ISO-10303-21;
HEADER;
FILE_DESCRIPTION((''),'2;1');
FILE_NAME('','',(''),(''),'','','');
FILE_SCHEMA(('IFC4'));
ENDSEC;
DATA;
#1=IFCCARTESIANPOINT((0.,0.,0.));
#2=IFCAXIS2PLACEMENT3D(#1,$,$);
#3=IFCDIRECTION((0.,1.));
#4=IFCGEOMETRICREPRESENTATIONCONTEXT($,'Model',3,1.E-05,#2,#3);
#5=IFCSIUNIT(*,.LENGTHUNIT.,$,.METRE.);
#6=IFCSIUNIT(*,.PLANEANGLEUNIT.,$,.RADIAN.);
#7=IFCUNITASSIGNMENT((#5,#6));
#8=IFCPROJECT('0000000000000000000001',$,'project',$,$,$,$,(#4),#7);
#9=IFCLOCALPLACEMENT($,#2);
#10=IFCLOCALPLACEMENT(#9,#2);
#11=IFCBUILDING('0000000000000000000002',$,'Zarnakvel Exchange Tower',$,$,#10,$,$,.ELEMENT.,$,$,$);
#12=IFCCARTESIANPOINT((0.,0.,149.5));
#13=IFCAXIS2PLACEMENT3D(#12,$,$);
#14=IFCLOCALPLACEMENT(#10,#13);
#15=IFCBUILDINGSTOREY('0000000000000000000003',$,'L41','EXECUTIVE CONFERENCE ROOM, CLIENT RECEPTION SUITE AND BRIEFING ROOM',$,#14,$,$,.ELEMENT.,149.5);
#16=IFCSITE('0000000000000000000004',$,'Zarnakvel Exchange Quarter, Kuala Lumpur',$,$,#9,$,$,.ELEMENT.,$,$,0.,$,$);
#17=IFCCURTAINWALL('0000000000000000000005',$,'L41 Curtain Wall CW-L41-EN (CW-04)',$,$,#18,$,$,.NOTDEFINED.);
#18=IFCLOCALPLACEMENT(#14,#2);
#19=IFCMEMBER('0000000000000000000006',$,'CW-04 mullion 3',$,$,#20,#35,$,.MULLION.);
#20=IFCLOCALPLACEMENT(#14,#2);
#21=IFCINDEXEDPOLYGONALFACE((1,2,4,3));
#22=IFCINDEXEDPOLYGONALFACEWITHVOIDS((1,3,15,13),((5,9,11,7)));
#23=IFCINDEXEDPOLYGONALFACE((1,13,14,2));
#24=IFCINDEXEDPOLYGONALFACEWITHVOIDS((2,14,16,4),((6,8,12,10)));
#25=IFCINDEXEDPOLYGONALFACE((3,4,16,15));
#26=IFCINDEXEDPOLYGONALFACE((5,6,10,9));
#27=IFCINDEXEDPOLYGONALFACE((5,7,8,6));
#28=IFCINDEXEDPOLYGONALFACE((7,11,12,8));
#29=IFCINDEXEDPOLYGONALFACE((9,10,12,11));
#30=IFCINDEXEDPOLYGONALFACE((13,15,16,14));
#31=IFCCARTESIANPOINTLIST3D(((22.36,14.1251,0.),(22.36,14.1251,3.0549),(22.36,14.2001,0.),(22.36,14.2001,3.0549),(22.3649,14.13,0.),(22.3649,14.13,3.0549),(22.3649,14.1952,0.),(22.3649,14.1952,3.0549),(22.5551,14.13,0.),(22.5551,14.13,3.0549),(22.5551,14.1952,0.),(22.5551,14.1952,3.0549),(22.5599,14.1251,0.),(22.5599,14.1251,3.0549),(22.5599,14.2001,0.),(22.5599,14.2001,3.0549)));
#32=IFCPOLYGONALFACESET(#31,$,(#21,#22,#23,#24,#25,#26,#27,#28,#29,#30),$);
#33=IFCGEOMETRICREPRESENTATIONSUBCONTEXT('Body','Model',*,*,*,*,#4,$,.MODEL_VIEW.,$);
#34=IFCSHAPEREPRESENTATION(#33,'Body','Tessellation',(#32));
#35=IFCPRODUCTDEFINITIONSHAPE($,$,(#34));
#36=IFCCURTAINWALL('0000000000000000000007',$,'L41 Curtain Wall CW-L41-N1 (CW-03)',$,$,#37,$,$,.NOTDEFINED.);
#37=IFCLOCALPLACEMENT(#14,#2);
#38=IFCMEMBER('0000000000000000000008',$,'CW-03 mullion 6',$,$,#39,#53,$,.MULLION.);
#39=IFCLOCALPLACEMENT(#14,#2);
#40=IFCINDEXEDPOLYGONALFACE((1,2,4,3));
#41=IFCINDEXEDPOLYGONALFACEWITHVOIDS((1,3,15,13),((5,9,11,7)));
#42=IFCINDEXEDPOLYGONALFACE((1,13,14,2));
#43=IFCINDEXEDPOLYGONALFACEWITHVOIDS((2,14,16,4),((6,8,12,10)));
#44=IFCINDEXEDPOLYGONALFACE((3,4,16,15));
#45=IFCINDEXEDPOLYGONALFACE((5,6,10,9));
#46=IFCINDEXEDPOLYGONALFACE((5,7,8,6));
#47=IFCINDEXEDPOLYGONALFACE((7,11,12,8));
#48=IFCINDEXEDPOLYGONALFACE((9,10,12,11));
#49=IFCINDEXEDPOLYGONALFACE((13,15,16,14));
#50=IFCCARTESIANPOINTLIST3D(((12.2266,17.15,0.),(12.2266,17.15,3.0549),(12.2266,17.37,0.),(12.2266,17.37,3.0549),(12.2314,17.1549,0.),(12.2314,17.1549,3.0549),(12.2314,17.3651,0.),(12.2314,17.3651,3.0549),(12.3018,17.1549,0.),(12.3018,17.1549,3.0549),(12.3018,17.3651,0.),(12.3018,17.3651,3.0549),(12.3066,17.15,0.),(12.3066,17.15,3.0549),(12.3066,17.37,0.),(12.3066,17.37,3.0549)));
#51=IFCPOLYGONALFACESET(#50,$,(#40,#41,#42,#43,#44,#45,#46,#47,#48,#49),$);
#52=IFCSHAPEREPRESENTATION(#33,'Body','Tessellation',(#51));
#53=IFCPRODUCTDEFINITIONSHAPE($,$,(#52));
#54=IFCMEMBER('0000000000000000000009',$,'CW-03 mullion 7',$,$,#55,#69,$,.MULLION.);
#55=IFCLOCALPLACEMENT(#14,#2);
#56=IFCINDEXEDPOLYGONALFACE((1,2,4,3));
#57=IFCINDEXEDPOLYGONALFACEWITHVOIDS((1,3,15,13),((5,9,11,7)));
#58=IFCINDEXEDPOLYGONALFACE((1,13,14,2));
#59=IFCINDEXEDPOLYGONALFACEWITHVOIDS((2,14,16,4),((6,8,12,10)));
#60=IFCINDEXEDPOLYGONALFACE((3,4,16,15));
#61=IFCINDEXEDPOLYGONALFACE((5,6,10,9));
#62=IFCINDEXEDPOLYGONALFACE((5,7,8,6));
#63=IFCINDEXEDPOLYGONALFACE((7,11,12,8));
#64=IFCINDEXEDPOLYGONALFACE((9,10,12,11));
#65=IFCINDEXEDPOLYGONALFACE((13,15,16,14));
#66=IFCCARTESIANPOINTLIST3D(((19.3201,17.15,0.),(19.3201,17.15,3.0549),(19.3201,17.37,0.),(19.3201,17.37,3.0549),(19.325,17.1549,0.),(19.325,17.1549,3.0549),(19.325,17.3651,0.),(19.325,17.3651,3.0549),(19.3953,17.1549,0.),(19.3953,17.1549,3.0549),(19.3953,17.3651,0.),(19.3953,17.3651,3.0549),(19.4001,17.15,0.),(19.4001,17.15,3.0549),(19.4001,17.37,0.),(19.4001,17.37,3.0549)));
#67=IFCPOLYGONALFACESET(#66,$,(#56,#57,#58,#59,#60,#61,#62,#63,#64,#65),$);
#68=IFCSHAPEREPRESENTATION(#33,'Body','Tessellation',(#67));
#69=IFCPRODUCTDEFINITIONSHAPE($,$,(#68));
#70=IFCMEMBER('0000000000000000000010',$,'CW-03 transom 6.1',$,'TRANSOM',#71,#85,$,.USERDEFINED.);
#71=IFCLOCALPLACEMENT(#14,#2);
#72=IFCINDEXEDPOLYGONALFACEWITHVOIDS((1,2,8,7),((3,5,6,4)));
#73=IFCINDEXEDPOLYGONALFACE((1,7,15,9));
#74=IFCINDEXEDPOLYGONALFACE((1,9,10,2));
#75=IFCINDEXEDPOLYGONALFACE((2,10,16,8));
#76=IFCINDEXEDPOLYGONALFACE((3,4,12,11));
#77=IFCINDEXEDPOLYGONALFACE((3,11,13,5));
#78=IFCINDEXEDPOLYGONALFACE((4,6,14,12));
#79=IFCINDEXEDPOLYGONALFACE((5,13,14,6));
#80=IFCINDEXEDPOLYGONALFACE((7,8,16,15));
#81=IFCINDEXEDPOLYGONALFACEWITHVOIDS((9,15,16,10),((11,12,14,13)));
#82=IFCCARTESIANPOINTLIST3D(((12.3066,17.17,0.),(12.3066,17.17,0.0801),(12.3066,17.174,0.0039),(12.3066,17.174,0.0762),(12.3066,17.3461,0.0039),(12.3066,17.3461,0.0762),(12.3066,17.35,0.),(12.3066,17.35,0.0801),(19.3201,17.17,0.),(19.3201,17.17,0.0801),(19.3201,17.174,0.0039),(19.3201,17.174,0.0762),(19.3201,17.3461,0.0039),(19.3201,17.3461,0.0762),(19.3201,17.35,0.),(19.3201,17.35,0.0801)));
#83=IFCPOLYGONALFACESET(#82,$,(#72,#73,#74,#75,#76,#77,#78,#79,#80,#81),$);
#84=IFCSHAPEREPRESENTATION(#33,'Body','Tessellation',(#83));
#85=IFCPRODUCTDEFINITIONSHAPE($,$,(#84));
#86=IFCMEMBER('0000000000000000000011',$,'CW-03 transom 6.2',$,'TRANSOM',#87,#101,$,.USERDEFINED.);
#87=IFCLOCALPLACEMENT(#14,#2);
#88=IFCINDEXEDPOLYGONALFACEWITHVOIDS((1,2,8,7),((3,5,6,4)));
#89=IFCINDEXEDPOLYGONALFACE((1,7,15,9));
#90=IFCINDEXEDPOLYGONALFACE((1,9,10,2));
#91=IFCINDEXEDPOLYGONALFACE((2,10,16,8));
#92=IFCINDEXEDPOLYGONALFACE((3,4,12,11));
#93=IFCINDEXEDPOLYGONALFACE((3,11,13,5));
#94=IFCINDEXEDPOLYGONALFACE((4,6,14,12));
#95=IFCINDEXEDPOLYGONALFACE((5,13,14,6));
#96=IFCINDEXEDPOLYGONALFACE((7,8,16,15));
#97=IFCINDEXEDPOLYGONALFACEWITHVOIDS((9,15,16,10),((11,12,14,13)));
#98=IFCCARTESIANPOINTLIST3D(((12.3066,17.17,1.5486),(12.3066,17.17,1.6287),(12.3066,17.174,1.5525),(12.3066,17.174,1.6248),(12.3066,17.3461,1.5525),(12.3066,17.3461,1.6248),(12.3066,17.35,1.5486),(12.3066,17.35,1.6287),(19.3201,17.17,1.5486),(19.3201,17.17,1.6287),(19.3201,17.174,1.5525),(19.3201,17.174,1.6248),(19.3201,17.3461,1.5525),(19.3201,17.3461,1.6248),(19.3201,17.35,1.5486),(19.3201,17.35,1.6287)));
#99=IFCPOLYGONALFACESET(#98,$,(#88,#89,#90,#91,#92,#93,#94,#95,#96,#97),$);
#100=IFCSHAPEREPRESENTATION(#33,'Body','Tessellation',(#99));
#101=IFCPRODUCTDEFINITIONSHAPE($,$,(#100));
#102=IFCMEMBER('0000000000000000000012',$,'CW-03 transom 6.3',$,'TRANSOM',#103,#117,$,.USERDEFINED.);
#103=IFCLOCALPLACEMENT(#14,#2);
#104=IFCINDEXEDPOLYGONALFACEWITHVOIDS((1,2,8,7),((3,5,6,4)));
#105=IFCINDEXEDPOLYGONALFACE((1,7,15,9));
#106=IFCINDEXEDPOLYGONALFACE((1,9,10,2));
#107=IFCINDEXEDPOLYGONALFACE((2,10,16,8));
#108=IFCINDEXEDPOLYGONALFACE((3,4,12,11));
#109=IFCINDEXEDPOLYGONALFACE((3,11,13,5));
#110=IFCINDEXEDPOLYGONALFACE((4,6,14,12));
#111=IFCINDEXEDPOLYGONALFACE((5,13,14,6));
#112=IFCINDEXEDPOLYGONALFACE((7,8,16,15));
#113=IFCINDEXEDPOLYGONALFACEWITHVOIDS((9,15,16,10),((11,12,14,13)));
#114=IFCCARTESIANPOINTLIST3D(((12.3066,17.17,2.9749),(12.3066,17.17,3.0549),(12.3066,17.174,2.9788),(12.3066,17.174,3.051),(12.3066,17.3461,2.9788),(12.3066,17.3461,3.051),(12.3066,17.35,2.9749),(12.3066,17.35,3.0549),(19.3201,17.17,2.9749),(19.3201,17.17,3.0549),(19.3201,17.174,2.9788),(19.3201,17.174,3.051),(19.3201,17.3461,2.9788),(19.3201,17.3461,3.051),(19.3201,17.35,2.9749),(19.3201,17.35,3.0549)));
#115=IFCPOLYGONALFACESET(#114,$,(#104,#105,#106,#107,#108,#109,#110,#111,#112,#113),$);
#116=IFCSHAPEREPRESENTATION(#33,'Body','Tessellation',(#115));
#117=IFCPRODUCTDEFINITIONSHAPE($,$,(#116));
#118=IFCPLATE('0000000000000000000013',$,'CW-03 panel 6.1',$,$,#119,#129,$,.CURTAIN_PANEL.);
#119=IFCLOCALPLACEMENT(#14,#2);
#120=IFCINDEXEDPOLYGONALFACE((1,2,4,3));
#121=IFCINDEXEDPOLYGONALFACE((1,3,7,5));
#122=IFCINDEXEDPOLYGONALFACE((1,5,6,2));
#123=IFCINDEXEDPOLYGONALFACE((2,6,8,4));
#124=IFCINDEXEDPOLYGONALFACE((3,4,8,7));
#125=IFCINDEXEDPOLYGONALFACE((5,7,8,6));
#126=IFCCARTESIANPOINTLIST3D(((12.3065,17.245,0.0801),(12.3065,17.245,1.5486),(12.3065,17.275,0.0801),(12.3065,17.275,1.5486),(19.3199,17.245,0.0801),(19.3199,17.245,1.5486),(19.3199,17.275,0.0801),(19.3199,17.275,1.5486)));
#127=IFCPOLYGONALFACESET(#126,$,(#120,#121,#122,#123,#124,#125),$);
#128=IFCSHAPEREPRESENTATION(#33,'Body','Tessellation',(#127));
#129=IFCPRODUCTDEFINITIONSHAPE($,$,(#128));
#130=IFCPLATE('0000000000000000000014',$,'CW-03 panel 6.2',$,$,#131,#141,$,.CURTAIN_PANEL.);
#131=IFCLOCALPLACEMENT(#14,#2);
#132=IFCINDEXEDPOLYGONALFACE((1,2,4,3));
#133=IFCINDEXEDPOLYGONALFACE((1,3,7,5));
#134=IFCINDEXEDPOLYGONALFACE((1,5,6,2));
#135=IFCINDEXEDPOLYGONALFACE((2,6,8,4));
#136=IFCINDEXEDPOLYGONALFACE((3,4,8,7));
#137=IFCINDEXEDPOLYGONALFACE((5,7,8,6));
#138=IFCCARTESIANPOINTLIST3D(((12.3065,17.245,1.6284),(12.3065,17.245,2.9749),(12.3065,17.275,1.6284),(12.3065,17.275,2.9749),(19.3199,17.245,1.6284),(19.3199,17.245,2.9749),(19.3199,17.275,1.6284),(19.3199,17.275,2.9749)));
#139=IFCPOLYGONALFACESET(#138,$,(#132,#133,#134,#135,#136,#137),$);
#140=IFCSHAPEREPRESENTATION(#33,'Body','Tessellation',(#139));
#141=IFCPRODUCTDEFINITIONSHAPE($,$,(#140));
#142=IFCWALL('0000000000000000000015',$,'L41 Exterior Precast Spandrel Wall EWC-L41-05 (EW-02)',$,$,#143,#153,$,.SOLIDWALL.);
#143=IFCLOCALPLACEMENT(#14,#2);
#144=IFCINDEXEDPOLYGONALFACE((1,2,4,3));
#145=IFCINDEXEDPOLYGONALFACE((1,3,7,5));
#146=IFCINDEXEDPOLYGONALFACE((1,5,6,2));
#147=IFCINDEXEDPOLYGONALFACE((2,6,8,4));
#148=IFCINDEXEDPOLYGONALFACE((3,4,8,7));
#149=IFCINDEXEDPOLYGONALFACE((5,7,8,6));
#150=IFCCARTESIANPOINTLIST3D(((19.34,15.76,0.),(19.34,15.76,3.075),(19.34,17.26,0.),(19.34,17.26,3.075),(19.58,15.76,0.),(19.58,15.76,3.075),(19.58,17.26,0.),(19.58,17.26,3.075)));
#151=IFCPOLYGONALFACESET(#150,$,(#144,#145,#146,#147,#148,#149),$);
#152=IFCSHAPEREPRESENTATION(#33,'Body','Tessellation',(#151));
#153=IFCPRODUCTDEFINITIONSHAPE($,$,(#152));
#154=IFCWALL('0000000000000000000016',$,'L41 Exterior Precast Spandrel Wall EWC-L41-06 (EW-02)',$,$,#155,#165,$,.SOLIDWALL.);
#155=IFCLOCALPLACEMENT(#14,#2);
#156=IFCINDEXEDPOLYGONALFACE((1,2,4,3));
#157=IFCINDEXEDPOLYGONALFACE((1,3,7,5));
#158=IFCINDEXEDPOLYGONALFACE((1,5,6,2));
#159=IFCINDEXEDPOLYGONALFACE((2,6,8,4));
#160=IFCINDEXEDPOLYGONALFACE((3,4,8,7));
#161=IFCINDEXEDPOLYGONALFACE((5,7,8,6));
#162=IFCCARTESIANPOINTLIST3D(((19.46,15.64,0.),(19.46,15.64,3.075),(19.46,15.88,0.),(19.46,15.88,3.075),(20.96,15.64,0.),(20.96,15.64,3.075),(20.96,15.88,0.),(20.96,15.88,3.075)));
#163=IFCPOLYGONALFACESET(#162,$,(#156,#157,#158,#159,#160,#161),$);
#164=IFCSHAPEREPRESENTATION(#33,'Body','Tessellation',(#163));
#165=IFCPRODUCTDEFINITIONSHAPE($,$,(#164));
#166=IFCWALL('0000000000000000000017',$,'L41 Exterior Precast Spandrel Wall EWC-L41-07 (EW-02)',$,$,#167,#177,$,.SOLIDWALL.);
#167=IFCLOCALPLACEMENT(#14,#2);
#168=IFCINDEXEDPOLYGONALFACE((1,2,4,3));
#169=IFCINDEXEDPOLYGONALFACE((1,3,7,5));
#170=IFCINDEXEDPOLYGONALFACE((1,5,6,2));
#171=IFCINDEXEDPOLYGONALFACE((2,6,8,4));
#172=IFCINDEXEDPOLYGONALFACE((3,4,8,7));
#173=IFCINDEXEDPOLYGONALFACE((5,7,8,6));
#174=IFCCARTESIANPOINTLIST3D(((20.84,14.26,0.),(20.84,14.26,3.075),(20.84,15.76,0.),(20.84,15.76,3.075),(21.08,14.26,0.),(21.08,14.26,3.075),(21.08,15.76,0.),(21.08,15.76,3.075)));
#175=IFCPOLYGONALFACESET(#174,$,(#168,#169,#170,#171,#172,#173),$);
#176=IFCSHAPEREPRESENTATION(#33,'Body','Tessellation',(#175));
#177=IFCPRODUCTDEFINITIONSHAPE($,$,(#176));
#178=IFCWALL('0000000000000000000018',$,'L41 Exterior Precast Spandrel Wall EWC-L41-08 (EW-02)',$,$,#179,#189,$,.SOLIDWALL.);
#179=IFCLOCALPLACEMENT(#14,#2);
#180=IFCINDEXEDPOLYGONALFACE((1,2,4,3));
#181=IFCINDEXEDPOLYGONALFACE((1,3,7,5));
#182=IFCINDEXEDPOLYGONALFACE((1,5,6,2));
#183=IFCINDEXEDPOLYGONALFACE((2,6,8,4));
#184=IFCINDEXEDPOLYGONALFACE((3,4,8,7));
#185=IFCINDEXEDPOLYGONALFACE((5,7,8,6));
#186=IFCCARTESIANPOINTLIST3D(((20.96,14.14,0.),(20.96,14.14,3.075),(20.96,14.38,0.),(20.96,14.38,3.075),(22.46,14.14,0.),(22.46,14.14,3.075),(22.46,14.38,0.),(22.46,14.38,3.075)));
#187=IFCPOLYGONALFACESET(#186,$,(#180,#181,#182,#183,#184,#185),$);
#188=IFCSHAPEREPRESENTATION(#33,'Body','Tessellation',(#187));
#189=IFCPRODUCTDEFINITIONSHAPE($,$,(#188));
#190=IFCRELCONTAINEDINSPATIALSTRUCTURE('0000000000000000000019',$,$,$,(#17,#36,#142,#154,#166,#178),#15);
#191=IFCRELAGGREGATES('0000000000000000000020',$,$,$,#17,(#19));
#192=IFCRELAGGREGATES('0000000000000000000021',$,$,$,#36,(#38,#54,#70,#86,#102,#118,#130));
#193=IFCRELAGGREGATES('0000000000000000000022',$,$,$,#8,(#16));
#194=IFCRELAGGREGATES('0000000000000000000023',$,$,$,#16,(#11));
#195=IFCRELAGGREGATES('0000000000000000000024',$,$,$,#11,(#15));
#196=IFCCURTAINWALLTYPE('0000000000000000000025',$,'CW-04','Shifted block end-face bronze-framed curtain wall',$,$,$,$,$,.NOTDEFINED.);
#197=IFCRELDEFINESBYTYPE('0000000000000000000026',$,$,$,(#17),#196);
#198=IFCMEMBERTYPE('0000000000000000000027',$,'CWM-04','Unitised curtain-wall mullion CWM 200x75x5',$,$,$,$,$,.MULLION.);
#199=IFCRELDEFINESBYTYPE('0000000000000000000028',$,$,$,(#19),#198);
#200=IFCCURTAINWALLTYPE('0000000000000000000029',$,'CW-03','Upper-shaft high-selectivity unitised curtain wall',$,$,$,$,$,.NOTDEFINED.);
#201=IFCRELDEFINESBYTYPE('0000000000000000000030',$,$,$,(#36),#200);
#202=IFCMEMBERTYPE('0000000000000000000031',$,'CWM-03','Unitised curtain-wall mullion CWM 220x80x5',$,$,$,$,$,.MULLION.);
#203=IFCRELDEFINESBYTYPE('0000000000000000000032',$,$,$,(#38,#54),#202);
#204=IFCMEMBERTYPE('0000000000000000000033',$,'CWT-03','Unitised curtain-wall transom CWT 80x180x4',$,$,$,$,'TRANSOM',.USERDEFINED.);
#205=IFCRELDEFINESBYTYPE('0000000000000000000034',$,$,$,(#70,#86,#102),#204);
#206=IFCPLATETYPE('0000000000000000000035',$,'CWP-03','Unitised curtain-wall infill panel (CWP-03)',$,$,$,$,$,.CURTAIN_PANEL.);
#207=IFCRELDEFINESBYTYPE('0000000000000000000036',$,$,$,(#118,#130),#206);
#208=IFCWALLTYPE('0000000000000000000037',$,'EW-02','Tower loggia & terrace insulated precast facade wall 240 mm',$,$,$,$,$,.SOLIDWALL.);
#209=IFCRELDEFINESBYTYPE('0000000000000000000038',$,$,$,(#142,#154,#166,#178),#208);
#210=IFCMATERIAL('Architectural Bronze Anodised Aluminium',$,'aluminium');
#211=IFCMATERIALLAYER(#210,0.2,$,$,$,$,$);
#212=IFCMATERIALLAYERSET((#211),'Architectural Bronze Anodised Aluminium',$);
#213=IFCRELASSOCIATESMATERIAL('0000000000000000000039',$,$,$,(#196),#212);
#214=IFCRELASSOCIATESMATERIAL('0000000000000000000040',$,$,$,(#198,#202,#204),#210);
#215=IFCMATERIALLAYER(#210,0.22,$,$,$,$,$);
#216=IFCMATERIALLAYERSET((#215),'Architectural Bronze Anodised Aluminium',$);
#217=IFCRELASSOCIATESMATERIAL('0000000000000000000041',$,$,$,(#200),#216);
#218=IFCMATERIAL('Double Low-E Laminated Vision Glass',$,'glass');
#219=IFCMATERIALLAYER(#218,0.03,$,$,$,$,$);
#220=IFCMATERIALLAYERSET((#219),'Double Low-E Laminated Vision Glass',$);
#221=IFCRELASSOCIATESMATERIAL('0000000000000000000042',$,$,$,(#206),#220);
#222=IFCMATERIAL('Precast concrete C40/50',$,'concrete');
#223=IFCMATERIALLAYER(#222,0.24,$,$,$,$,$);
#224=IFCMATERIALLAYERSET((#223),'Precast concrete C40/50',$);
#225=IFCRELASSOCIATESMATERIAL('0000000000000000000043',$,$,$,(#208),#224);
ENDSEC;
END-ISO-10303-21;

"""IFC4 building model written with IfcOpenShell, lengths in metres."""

from ifc_helpers import new_model, si_unit, direction, frame, frame_2d, origin, origin_2d, place, context, subcontext, project, spatial, rectangle, hollow_rectangle, extrude, source, transform, mapped, material, layer, layer_set, material_profile, profile_set, type_object, element, aggregate, save


model = new_model("IFC4")

# Units and contexts
model_context = context("Model", 3, precision=1e-05, world=origin(), true_north=direction((0.0, 1.0)))
body_context = subcontext(model_context, "Body", "Model", "MODEL_VIEW")
ifc_project = project(units=[si_unit("LENGTHUNIT", "METRE"), si_unit("PLANEANGLEUNIT", "RADIAN")], contexts=[model_context])

# Site, building, storey
site_placement = place(None, origin())
site = spatial("IfcSite", under=ifc_project, at=site_placement, Name="Zarnakvel Exchange Quarter, Kuala Lumpur", CompositionType="ELEMENT", RefElevation=0.0)
building_placement = place(site_placement, origin())
building = spatial("IfcBuilding", under=site, at=building_placement, Name="Zarnakvel Exchange Tower", CompositionType="ELEMENT")
storey_placement = place(building_placement, frame((0.0, 0.0, 149.5)))
storey = spatial("IfcBuildingStorey", under=building, at=storey_placement, Name="L41", Description="EXECUTIVE CONFERENCE ROOM, CLIENT RECEPTION SUITE AND BRIEFING ROOM", CompositionType="ELEMENT", Elevation=149.5)

# Curtain wall, member
ifc_material_1 = material(Name="Architectural Bronze Anodised Aluminium", Category="aluminium")
ifc_layer_1 = layer(ifc_material_1, 0.2)
ifc_layer_set_1 = layer_set([ifc_layer_1], Name="Architectural Bronze Anodised Aluminium")
curtain_wall_type_1 = type_object("IfcCurtainWallType", Name="CW-04", Description="Shifted block end-face bronze-framed curtain wall", PredefinedType="NOTDEFINED", material=ifc_layer_set_1)
curtain_wall_1_placement = place(storey_placement, origin())
curtain_wall_1 = element("IfcCurtainWall", 1, at=curtain_wall_1_placement, inside=storey, type_object=curtain_wall_type_1, Name="L41 Curtain Wall CW-L41-EN (CW-04)", PredefinedType="NOTDEFINED")
ifc_material_profile_1 = material_profile(ifc_material_1, hollow_rectangle(XDim=0.2, YDim=0.075, WallThickness=0.0049, at=origin_2d()))
ifc_profile_set_1 = profile_set([ifc_material_profile_1], Name="Architectural Bronze Anodised Aluminium")
member_type_1 = type_object("IfcMemberType", Name="CWM-04", Description="Unitised curtain-wall mullion CWM 200x75x5", PredefinedType="MULLION", material=ifc_profile_set_1)
shared_shape_1 = source(origin(), body_context, "Body", "SweptSolid", [
    extrude(hollow_rectangle(XDim=0.2, YDim=0.075, WallThickness=0.0049, at=origin_2d()), origin(), (0.0, 0.0, 1.0), 3.0549),
])
member_1_placement = place(storey_placement, frame((22.46, 14.1626, 0.0), z_axis=(0.0, 0.0, 1.0), x_axis=(-1.0, 0.0, 0.0)))
member_1 = element("IfcMember", 2, at=member_1_placement, type_object=member_type_1, Name="CW-04 mullion 3", PredefinedType="MULLION", context=body_context, shape_type="MappedRepresentation", body=[
    mapped(shared_shape_1, transform((0.0, 0.0, 0.0), x_axis=(1.0, 0.0, 0.0), y_axis=(0.0, 1.0, 0.0), z_axis=(0.0, 0.0, 1.0), scale=1.0)),
])
aggregate(curtain_wall_1, [member_1])

# Curtain wall, members, plates
ifc_layer_2 = layer(ifc_material_1, 0.22)
ifc_layer_set_2 = layer_set([ifc_layer_2], Name="Architectural Bronze Anodised Aluminium")
curtain_wall_type_2 = type_object("IfcCurtainWallType", Name="CW-03", Description="Upper-shaft high-selectivity unitised curtain wall", PredefinedType="NOTDEFINED", material=ifc_layer_set_2)
curtain_wall_2_placement = place(storey_placement, origin())
curtain_wall_2 = element("IfcCurtainWall", 3, at=curtain_wall_2_placement, inside=storey, type_object=curtain_wall_type_2, Name="L41 Curtain Wall CW-L41-N1 (CW-03)", PredefinedType="NOTDEFINED")
ifc_material_profile_2 = material_profile(ifc_material_1, hollow_rectangle(XDim=0.22, YDim=0.0801, WallThickness=0.0049, at=origin_2d()))
ifc_profile_set_2 = profile_set([ifc_material_profile_2], Name="Architectural Bronze Anodised Aluminium")
member_type_2 = type_object("IfcMemberType", Name="CWM-03", Description="Unitised curtain-wall mullion CWM 220x80x5", PredefinedType="MULLION", material=ifc_profile_set_2)
shared_shape_2 = source(origin(), body_context, "Body", "SweptSolid", [
    extrude(hollow_rectangle(XDim=0.22, YDim=0.0801, WallThickness=0.0049, at=origin_2d()), origin(), (0.0, 0.0, 1.0), 3.0549),
])
member_2_placement = place(storey_placement, frame((12.2666, 17.26, 0.0), z_axis=(0.0, 0.0, 1.0), x_axis=(0.0, 1.0, 0.0)))
member_2 = element("IfcMember", 4, at=member_2_placement, type_object=member_type_2, Name="CW-03 mullion 6", PredefinedType="MULLION", context=body_context, shape_type="MappedRepresentation", body=[
    mapped(shared_shape_2, transform((0.0, 0.0, 0.0), x_axis=(1.0, 0.0, 0.0), y_axis=(0.0, 1.0, 0.0), z_axis=(0.0, 0.0, 1.0), scale=1.0)),
])
member_3_placement = place(storey_placement, frame((19.3601, 17.26, 0.0), z_axis=(0.0, 0.0, 1.0), x_axis=(0.0, 1.0, 0.0)))
member_3 = element("IfcMember", 5, at=member_3_placement, type_object=member_type_2, Name="CW-03 mullion 7", PredefinedType="MULLION", context=body_context, shape_type="MappedRepresentation", body=[
    mapped(shared_shape_2, transform((0.0, 0.0, 0.0), x_axis=(1.0, 0.0, 0.0), y_axis=(0.0, 1.0, 0.0), z_axis=(0.0, 0.0, 1.0), scale=1.0)),
])
ifc_material_profile_3 = material_profile(ifc_material_1, hollow_rectangle(XDim=0.1799, YDim=0.0801, WallThickness=0.0039, at=origin_2d()))
ifc_profile_set_3 = profile_set([ifc_material_profile_3], Name="Architectural Bronze Anodised Aluminium")
member_type_3 = type_object("IfcMemberType", Name="CWT-03", Description="Unitised curtain-wall transom CWT 80x180x4", ElementType="TRANSOM", PredefinedType="USERDEFINED", material=ifc_profile_set_3)
shared_shape_3 = source(origin(), body_context, "Body", "SweptSolid", [
    extrude(hollow_rectangle(XDim=0.1799, YDim=0.0801, WallThickness=0.0039, at=origin_2d()), origin(), (0.0, 0.0, 1.0), 7.0134),
])
member_4_placement = place(storey_placement, frame((12.3066, 17.26, 0.04), z_axis=(1.0, 0.0, 0.0), x_axis=(0.0, 1.0, 0.0)))
member_4 = element("IfcMember", 6, at=member_4_placement, type_object=member_type_3, Name="CW-03 transom 6.1", ObjectType="TRANSOM", PredefinedType="USERDEFINED", context=body_context, shape_type="MappedRepresentation", body=[
    mapped(shared_shape_3, transform((0.0, 0.0, 0.0), x_axis=(1.0, 0.0, 0.0), y_axis=(0.0, 1.0, 0.0), z_axis=(0.0, 0.0, 1.0), scale=1.0)),
])
member_5_placement = place(storey_placement, frame((12.3066, 17.26, 1.5886), z_axis=(1.0, 0.0, 0.0), x_axis=(0.0, 1.0, 0.0)))
member_5 = element("IfcMember", 7, at=member_5_placement, type_object=member_type_3, Name="CW-03 transom 6.2", ObjectType="TRANSOM", PredefinedType="USERDEFINED", context=body_context, shape_type="MappedRepresentation", body=[
    mapped(shared_shape_3, transform((0.0, 0.0, 0.0), x_axis=(1.0, 0.0, 0.0), y_axis=(0.0, 1.0, 0.0), z_axis=(0.0, 0.0, 1.0), scale=1.0)),
])
member_6_placement = place(storey_placement, frame((12.3066, 17.26, 3.0149), z_axis=(1.0, 0.0, 0.0), x_axis=(0.0, 1.0, 0.0)))
member_6 = element("IfcMember", 8, at=member_6_placement, type_object=member_type_3, Name="CW-03 transom 6.3", ObjectType="TRANSOM", PredefinedType="USERDEFINED", context=body_context, shape_type="MappedRepresentation", body=[
    mapped(shared_shape_3, transform((0.0, 0.0, 0.0), x_axis=(1.0, 0.0, 0.0), y_axis=(0.0, 1.0, 0.0), z_axis=(0.0, 0.0, 1.0), scale=1.0)),
])
ifc_material_2 = material(Name="Double Low-E Laminated Vision Glass", Category="glass")
ifc_layer_3 = layer(ifc_material_2, 0.03)
ifc_layer_set_3 = layer_set([ifc_layer_3], Name="Double Low-E Laminated Vision Glass")
plate_type = type_object("IfcPlateType", Name="CWP-03", Description="Unitised curtain-wall infill panel (CWP-03)", PredefinedType="CURTAIN_PANEL", material=ifc_layer_set_3)
shared_shape_4 = source(origin(), body_context, "Body", "SweptSolid", [
    extrude(rectangle(XDim=7.0134, YDim=0.03, at=origin_2d()), origin(), (0.0, 0.0, 1.0), 1.4685),
])
plate_1_placement = place(storey_placement, frame((15.8132, 17.26, 0.0801), z_axis=(0.0, 0.0, 1.0), x_axis=(1.0, 0.0, 0.0)))
plate_1 = element("IfcPlate", 9, at=plate_1_placement, type_object=plate_type, Name="CW-03 panel 6.1", PredefinedType="CURTAIN_PANEL", context=body_context, shape_type="MappedRepresentation", body=[
    mapped(shared_shape_4, transform((0.0, 0.0, 0.0), x_axis=(1.0, 0.0, 0.0), y_axis=(0.0, 1.0, 0.0), z_axis=(0.0, 0.0, 1.0), scale=1.0)),
])
shared_shape_5 = source(origin(), body_context, "Body", "SweptSolid", [
    extrude(rectangle(XDim=7.0134, YDim=0.03, at=origin_2d()), origin(), (0.0, 0.0, 1.0), 1.3464),
])
plate_2_placement = place(storey_placement, frame((15.8132, 17.26, 1.6284), z_axis=(0.0, 0.0, 1.0), x_axis=(1.0, 0.0, 0.0)))
plate_2 = element("IfcPlate", 10, at=plate_2_placement, type_object=plate_type, Name="CW-03 panel 6.2", PredefinedType="CURTAIN_PANEL", context=body_context, shape_type="MappedRepresentation", body=[
    mapped(shared_shape_5, transform((0.0, 0.0, 0.0), x_axis=(1.0, 0.0, 0.0), y_axis=(0.0, 1.0, 0.0), z_axis=(0.0, 0.0, 1.0), scale=1.0)),
])
aggregate(curtain_wall_2, [member_2, member_3, member_4, member_5, member_6, plate_1, plate_2])

# Walls
ifc_material_3 = material(Name="Precast concrete C40/50", Category="concrete")
ifc_layer_4 = layer(ifc_material_3, 0.24)
ifc_layer_set_4 = layer_set([ifc_layer_4], Name="Precast concrete C40/50")
wall_type_1 = type_object("IfcWallType", Name="EW-02", Description="Tower loggia & terrace insulated precast facade wall 240 mm", PredefinedType="SOLIDWALL", material=ifc_layer_set_4)
for number, where, z_axis, x_axis, name in (
    (11, (19.46, 15.76, 0.0), (0.0, 0.0, 1.0), (0.0, 1.0, 0.0), "L41 Exterior Precast Spandrel Wall EWC-L41-05 (EW-02)"),
    (12, (20.96, 15.76, 0.0), (0.0, 0.0, 1.0), (-1.0, 0.0, 0.0), "L41 Exterior Precast Spandrel Wall EWC-L41-06 (EW-02)"),
    (13, (20.96, 14.26, 0.0), (0.0, 0.0, 1.0), (0.0, 1.0, 0.0), "L41 Exterior Precast Spandrel Wall EWC-L41-07 (EW-02)"),
    (14, (22.46, 14.26, 0.0), (0.0, 0.0, 1.0), (-1.0, 0.0, 0.0), "L41 Exterior Precast Spandrel Wall EWC-L41-08 (EW-02)"),
):
    element("IfcWall", number, at=place(storey_placement, frame(where, z_axis=z_axis, x_axis=x_axis)), inside=storey, type_object=wall_type_1, Name=name, PredefinedType="SOLIDWALL", context=body_context, shape_type="SweptSolid", body=[
        extrude(rectangle(XDim=1.5, YDim=0.24, at=frame_2d((0.75, 0.0))), origin(), (0.0, 0.0, 1.0), 3.075),
    ])

save(model, "model.ifc")
